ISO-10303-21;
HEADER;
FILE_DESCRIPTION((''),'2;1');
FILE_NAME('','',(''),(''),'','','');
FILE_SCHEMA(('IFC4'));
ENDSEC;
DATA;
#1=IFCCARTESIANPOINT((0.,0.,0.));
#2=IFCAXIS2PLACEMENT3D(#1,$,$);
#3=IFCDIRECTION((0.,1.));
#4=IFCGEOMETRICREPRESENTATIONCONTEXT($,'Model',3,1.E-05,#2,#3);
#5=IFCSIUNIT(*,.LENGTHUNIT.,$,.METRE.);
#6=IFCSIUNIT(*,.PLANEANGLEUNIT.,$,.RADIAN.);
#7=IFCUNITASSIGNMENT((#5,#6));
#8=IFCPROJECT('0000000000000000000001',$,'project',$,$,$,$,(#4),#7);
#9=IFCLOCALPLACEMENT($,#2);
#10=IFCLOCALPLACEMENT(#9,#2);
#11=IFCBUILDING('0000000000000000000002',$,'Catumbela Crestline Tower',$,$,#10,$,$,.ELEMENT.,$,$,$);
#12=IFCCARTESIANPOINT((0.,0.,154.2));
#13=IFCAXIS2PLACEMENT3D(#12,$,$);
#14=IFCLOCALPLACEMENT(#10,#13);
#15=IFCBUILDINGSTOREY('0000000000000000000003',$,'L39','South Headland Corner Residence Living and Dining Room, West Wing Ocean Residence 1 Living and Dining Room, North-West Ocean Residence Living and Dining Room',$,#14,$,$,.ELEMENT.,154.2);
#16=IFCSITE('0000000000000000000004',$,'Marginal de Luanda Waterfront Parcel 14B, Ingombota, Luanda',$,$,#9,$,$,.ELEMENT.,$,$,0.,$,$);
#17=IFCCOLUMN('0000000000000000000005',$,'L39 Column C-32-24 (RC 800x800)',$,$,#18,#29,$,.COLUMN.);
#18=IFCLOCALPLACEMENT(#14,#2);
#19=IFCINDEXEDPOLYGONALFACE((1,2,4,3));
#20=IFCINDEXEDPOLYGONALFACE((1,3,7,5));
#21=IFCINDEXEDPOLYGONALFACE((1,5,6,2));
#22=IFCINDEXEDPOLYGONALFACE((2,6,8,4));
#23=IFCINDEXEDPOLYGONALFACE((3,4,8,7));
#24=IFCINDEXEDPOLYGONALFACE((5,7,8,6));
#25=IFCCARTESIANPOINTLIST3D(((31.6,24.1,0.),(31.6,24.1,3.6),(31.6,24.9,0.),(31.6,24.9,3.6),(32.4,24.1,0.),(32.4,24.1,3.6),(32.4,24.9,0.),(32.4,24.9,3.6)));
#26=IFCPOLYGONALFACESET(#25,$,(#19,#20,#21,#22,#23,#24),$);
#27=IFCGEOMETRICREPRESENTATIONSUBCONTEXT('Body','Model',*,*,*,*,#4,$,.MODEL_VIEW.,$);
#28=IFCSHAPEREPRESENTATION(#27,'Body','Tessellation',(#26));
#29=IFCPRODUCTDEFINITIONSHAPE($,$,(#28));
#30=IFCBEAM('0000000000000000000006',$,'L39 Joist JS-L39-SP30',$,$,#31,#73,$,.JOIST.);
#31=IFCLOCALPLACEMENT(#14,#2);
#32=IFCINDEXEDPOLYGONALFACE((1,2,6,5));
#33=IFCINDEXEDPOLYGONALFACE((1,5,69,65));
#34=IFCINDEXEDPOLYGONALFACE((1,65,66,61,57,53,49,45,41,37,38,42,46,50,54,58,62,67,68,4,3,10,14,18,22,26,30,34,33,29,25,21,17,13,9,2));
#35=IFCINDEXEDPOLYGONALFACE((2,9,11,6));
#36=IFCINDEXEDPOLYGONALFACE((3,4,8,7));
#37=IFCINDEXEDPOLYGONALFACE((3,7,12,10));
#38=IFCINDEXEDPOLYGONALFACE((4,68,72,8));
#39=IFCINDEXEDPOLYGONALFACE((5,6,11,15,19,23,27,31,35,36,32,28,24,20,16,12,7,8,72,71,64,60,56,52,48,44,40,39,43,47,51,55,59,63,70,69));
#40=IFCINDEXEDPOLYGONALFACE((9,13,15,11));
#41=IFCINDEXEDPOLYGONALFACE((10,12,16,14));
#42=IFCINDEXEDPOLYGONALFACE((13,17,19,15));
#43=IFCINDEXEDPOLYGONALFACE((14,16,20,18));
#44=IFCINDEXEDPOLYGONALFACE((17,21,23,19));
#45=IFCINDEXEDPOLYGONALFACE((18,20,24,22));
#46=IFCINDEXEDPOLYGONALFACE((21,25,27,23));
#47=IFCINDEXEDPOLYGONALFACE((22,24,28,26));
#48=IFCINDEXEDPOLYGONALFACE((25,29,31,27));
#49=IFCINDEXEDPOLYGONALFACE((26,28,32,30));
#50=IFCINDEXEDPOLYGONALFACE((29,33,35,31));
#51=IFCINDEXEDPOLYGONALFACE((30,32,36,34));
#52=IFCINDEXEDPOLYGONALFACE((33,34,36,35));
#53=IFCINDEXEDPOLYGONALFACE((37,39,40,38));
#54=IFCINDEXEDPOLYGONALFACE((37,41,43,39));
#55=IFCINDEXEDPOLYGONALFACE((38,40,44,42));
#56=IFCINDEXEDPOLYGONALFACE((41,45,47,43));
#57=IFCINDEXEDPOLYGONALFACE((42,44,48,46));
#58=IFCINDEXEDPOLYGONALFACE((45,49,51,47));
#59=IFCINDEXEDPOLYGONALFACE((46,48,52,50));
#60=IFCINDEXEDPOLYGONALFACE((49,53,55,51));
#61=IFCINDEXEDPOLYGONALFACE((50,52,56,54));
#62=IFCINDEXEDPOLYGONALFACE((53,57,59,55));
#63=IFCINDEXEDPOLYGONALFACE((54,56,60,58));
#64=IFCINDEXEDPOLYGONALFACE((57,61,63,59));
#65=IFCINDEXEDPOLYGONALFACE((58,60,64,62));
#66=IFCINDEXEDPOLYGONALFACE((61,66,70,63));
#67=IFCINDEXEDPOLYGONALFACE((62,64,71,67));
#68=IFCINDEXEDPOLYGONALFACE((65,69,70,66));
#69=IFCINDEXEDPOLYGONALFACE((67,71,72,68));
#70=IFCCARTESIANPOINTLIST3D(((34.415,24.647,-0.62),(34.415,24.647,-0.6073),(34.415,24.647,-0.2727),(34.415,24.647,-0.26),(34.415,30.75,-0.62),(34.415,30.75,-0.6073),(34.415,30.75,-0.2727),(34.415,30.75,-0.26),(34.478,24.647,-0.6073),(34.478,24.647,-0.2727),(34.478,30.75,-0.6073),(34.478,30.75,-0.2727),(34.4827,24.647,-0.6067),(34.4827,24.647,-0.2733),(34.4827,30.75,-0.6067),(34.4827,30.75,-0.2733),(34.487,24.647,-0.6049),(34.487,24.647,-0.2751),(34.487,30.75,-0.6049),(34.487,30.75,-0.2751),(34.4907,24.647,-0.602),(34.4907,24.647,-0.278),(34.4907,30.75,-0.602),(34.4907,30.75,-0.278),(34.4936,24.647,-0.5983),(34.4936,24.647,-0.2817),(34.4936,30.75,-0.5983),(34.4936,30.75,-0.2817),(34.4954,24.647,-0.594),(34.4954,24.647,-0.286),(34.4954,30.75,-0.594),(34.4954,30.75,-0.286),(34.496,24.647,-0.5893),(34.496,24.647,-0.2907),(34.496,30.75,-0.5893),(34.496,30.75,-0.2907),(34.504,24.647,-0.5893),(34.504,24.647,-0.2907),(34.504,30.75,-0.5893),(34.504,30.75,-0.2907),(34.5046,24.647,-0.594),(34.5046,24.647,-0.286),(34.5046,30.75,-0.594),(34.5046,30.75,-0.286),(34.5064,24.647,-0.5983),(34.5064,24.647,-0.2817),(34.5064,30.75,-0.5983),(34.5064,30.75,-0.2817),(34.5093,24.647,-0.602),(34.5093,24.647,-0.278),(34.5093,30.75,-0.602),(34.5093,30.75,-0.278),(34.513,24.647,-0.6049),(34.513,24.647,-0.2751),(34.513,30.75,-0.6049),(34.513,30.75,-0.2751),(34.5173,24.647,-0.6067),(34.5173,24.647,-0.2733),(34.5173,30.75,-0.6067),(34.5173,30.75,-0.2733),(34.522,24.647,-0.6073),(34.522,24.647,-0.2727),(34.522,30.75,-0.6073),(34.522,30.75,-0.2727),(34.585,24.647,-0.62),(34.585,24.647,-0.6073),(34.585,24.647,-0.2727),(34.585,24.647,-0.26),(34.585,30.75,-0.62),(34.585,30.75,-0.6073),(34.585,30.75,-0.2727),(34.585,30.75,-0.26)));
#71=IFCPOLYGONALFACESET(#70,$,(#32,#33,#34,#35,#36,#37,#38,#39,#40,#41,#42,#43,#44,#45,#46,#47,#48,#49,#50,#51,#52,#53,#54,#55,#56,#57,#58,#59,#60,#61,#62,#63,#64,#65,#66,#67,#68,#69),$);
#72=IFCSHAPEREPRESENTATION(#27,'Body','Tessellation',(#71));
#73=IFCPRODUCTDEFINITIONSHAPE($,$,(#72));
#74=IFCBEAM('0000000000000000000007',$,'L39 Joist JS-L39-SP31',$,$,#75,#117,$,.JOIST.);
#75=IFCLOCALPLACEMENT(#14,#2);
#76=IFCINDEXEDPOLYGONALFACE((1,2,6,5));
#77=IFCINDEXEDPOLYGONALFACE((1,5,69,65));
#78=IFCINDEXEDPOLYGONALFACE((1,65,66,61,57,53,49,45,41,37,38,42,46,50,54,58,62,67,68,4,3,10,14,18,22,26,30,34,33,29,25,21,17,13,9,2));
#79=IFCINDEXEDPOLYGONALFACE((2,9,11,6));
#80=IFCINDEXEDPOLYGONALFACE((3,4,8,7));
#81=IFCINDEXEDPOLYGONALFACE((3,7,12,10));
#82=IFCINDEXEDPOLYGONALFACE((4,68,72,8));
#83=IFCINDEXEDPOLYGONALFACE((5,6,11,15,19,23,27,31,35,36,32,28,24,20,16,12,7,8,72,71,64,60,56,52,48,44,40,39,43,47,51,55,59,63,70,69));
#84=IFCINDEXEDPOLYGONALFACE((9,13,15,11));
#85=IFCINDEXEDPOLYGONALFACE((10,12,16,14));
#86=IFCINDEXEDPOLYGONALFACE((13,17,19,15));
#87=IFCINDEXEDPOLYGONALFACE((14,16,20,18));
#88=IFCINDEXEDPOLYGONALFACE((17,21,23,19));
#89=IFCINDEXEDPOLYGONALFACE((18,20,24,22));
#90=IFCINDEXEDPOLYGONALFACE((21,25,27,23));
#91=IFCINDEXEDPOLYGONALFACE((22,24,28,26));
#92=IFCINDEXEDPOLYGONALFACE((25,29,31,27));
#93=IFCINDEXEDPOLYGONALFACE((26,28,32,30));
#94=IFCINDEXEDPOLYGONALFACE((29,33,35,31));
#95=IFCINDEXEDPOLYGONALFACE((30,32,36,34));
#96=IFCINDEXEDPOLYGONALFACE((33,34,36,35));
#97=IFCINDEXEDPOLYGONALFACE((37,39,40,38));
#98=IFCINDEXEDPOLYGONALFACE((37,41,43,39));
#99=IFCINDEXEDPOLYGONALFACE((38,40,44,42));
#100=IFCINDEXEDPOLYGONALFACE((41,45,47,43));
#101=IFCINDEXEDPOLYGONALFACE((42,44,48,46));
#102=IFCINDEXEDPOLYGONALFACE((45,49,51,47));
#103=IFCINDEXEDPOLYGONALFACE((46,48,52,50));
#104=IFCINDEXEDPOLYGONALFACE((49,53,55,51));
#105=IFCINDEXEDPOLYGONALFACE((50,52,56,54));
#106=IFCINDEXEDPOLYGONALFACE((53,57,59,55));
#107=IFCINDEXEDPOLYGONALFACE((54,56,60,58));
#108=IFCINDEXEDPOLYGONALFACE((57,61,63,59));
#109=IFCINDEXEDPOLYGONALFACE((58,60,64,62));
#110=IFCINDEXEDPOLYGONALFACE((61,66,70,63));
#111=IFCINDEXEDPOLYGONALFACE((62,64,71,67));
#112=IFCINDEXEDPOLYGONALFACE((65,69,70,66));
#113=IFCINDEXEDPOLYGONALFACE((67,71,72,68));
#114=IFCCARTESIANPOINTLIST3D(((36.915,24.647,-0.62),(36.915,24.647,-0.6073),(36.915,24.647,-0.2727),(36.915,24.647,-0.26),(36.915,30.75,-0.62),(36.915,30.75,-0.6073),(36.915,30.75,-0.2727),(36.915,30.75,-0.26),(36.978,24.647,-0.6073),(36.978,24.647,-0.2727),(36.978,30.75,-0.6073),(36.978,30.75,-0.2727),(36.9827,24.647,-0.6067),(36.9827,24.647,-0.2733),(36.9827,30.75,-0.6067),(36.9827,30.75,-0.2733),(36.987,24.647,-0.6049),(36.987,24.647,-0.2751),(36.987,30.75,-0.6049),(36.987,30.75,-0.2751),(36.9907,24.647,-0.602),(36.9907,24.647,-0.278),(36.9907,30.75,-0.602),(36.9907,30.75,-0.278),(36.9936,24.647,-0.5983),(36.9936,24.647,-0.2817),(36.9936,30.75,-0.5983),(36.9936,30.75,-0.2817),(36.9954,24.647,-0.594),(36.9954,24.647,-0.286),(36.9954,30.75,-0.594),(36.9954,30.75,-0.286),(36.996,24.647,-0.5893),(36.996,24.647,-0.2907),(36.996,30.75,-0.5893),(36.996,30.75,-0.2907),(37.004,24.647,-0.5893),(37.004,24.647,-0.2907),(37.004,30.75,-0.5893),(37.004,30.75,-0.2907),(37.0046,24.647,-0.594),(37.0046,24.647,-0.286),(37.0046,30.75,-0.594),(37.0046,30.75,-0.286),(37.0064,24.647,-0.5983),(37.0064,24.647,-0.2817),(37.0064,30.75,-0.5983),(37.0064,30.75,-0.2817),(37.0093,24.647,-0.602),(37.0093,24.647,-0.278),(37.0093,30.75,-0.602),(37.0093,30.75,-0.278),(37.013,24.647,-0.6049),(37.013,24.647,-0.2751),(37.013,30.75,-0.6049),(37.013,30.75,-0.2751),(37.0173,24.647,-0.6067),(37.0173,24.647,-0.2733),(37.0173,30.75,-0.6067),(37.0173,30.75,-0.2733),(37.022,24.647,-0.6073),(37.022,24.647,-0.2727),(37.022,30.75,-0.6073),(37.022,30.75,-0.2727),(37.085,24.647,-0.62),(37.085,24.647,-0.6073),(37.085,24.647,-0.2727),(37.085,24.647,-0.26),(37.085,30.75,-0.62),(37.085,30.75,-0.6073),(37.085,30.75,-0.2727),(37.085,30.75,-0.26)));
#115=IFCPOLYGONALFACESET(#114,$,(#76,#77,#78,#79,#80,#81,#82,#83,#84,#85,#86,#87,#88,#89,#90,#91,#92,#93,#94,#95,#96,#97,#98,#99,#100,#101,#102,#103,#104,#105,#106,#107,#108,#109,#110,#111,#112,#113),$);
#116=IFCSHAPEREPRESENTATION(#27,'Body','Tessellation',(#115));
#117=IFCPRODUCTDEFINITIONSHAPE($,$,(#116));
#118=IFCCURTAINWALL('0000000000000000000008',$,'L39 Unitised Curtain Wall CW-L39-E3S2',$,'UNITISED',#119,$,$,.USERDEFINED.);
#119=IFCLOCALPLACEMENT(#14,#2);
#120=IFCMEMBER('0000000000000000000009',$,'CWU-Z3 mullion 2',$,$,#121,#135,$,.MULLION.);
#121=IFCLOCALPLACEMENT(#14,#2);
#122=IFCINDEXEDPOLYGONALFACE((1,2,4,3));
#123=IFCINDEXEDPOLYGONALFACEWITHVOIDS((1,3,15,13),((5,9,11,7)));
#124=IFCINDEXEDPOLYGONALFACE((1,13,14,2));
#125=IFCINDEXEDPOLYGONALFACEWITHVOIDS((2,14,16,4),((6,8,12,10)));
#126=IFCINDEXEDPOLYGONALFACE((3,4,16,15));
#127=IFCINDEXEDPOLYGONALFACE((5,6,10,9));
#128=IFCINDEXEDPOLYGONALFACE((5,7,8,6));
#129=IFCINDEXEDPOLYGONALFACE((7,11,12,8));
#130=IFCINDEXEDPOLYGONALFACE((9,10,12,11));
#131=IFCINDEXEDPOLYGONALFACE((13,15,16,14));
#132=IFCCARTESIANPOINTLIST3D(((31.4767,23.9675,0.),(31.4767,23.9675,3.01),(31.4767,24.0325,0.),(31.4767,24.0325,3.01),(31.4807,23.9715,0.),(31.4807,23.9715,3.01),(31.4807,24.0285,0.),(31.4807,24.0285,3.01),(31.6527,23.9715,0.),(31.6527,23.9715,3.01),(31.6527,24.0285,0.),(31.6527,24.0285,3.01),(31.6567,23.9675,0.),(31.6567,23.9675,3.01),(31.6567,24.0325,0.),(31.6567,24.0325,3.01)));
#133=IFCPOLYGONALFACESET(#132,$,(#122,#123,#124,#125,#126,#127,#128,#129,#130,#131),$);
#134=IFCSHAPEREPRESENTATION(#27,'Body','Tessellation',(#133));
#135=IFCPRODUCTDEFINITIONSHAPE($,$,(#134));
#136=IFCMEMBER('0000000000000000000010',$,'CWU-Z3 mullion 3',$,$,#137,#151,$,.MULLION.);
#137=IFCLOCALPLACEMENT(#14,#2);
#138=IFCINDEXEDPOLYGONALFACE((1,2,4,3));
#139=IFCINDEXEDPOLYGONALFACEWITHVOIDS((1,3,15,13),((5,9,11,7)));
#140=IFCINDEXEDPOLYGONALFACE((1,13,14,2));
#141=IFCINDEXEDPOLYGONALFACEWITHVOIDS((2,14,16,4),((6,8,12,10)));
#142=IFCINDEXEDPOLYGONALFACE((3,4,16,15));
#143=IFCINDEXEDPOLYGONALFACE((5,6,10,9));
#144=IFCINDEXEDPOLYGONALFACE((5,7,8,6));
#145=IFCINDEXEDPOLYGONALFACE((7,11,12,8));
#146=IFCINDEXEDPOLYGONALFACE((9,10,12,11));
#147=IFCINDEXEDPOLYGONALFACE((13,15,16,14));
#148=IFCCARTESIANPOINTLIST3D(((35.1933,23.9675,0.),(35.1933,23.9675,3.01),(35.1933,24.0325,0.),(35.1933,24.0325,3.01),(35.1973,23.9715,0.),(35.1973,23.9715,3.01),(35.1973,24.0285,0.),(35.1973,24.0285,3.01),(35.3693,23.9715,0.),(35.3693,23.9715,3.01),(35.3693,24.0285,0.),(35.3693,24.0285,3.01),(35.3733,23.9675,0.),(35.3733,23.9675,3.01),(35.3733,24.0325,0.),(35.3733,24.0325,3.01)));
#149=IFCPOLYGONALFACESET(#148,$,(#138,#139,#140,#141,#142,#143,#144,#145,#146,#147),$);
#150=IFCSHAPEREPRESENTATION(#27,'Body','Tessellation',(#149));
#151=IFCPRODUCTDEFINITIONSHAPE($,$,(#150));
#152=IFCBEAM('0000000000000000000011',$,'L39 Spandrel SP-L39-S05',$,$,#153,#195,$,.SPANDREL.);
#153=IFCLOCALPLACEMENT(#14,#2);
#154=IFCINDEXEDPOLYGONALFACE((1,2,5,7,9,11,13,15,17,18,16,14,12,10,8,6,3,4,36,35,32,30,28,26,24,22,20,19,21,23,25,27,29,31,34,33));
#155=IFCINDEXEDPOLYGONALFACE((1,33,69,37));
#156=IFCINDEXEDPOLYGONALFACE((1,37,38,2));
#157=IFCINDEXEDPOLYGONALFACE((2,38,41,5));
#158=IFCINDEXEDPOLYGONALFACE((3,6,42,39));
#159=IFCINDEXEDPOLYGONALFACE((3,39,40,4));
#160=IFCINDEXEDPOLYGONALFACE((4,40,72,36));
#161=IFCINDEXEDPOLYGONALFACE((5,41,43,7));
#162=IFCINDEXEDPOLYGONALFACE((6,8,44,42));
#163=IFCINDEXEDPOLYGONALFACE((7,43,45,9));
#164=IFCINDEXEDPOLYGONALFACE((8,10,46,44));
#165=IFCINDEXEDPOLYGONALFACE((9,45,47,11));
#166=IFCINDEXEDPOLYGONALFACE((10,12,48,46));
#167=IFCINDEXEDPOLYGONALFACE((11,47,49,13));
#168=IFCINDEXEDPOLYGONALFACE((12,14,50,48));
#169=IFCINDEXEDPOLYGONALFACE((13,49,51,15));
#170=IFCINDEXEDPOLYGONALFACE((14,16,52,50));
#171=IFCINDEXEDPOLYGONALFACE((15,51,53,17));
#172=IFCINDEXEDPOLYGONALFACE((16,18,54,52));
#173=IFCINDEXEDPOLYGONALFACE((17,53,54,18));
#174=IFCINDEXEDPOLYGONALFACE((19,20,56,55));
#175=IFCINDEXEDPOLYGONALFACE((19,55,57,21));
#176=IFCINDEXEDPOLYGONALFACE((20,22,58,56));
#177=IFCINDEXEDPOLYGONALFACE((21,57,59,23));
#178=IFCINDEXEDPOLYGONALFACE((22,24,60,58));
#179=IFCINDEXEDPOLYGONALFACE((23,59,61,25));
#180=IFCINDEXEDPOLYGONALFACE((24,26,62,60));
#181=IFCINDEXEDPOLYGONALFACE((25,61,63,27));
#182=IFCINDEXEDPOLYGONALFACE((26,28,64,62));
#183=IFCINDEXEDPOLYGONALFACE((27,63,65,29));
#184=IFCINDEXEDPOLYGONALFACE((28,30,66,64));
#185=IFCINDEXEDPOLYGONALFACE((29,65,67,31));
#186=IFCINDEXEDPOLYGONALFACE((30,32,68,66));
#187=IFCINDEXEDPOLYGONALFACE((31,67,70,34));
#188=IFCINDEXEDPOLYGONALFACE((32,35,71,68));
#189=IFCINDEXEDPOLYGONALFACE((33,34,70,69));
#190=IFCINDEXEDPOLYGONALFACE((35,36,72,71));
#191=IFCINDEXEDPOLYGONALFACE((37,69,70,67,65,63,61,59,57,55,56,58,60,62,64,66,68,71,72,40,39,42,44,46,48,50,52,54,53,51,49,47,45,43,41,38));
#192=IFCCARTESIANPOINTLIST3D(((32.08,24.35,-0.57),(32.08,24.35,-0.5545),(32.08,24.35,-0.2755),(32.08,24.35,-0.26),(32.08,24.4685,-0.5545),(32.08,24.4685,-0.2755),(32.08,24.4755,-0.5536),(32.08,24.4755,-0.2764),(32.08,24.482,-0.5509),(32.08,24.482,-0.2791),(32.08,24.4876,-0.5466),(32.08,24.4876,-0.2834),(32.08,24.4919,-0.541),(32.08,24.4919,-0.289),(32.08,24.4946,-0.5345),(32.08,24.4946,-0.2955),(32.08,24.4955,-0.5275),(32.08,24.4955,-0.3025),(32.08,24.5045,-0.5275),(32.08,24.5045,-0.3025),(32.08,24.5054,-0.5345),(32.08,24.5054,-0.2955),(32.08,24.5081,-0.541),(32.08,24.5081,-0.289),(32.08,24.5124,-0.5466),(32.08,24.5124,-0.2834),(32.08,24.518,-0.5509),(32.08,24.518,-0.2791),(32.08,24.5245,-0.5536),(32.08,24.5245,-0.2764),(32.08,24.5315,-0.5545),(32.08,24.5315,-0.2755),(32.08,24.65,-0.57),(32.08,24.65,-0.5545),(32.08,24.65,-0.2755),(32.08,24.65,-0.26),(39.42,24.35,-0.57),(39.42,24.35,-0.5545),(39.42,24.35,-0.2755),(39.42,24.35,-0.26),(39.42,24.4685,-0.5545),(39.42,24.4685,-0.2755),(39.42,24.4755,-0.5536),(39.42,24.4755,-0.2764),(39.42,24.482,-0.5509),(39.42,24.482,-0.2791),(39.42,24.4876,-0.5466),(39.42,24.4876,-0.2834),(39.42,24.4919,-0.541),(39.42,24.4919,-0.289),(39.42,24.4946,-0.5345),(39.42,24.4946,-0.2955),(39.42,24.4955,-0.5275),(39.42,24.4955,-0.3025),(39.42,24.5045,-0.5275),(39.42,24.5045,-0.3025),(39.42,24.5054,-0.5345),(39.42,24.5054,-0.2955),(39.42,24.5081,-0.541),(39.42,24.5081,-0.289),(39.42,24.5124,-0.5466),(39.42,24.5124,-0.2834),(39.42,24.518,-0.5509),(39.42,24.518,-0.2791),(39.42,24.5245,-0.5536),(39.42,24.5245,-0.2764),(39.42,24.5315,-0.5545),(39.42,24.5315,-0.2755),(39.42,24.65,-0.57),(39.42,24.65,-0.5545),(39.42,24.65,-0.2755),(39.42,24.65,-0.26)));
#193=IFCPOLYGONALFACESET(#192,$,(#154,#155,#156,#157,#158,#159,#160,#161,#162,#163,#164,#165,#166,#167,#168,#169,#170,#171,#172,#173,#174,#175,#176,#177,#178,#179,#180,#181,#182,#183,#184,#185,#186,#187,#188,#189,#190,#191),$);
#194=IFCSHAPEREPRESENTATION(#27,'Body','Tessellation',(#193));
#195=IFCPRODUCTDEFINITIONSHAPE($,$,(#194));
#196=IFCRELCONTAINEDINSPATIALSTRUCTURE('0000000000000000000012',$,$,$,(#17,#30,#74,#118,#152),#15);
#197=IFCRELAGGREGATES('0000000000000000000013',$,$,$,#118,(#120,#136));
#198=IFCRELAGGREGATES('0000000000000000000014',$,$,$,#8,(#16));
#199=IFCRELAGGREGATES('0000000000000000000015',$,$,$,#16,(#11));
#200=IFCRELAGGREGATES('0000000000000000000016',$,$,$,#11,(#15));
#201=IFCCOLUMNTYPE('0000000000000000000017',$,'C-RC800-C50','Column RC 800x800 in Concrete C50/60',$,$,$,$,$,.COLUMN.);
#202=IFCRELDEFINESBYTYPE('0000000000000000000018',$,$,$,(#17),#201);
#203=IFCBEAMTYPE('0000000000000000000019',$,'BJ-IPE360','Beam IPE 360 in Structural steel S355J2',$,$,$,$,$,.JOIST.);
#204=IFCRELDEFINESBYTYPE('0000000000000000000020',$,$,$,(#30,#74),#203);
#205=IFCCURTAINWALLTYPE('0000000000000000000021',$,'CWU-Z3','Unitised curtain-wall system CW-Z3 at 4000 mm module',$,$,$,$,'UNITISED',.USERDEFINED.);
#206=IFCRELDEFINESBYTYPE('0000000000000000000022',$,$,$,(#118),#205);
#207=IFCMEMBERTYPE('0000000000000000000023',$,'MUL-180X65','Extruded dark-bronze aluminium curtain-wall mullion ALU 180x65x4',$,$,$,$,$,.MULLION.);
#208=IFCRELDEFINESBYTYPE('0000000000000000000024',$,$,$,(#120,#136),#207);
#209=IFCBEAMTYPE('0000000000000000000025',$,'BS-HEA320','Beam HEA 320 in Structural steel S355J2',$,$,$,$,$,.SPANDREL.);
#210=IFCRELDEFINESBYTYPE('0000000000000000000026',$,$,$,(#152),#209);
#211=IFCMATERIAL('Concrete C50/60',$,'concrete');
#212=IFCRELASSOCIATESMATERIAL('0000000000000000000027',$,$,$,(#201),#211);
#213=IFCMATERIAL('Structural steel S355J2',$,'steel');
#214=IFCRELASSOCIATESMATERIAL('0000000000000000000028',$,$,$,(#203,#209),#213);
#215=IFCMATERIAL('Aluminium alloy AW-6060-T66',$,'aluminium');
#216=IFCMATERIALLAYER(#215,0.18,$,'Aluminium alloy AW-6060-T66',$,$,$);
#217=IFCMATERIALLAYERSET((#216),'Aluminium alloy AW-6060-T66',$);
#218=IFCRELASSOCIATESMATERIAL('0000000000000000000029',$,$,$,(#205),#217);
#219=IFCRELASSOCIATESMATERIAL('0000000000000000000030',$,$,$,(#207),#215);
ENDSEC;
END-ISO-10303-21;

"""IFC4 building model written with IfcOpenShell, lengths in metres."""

from ifc_helpers import new_model, si_unit, direction, frame, origin, origin_2d, place, context, subcontext, project, spatial, rectangle, hollow_rectangle, i_section, extrude, material, layer, layer_set, material_profile, profile_set, type_object, element, aggregate, save


model = new_model("IFC4")

# Units and contexts
model_context = context("Model", 3, precision=1e-05, world=origin(), true_north=direction((0.0, 1.0)))
body_context = subcontext(model_context, "Body", "Model", "MODEL_VIEW")
ifc_project = project(units=[si_unit("LENGTHUNIT", "METRE"), si_unit("PLANEANGLEUNIT", "RADIAN")], contexts=[model_context])

# Site, building, storey
site_placement = place(None, origin())
site = spatial("IfcSite", under=ifc_project, at=site_placement, Name="Marginal de Luanda Waterfront Parcel 14B, Ingombota, Luanda", CompositionType="ELEMENT", RefElevation=0.0)
building_placement = place(site_placement, origin())
building = spatial("IfcBuilding", under=site, at=building_placement, Name="Catumbela Crestline Tower", CompositionType="ELEMENT")
storey_placement = place(building_placement, frame((0.0, 0.0, 154.2)))
storey = spatial("IfcBuildingStorey", under=building, at=storey_placement, Name="L39", Description="South Headland Corner Residence Living and Dining Room, West Wing Ocean Residence 1 Living and Dining Room, North-West Ocean Residence Living and Dining Room", CompositionType="ELEMENT", Elevation=154.2)

# Column
ifc_material_1 = material(Name="Concrete C50/60", Category="concrete")
ifc_material_profile_1 = material_profile(ifc_material_1, rectangle(XDim=0.8, YDim=0.8, at=origin_2d()), Name="RC 800x800")
ifc_profile_set_1 = profile_set([ifc_material_profile_1], Name="Concrete C50/60")
column_type = type_object("IfcColumnType", Name="C-RC800-C50", Description="Column RC 800x800 in Concrete C50/60", PredefinedType="COLUMN", material=ifc_profile_set_1)
column_placement = place(storey_placement, frame((32.0, 24.5, 0.0), z_axis=(0.0, 0.0, 1.0), x_axis=(1.0, 0.0, 0.0)))
element("IfcColumn", 1, at=column_placement, inside=storey, type_object=column_type, Name="L39 Column C-32-24 (RC 800x800)", PredefinedType="COLUMN", context=body_context, shape_type="SweptSolid", body=[
    extrude(rectangle(XDim=0.8, YDim=0.8, at=origin_2d()), origin(), (0.0, 0.0, 1.0), 3.6),
])

# Beams
ifc_material_2 = material(Name="Structural steel S355J2", Category="steel")
ifc_material_profile_2 = material_profile(ifc_material_2, i_section(OverallWidth=0.17, OverallDepth=0.36, WebThickness=0.008, FlangeThickness=0.0127, FilletRadius=0.018, at=origin_2d()), Name="IPE 360")
ifc_profile_set_2 = profile_set([ifc_material_profile_2], Name="Structural steel S355J2")
beam_type_1 = type_object("IfcBeamType", Name="BJ-IPE360", Description="Beam IPE 360 in Structural steel S355J2", PredefinedType="JOIST", material=ifc_profile_set_2)
for number, where, z_axis, x_axis, name in (
    (2, (34.5, 24.647, -0.44), (0.0, 1.0, 0.0), (-1.0, 0.0, 0.0), "L39 Joist JS-L39-SP30"),
    (3, (37.0, 24.647, -0.44), (0.0, 1.0, 0.0), (-1.0, 0.0, 0.0), "L39 Joist JS-L39-SP31"),
):
    element("IfcBeam", number, at=place(storey_placement, frame(where, z_axis=z_axis, x_axis=x_axis)), inside=storey, type_object=beam_type_1, Name=name, PredefinedType="JOIST", context=body_context, shape_type="SweptSolid", body=[
        extrude(i_section(OverallWidth=0.17, OverallDepth=0.36, WebThickness=0.008, FlangeThickness=0.0127, FilletRadius=0.018, at=origin_2d()), origin(), (0.0, 0.0, 1.0), 6.103),
    ])

# Curtain wall, members
ifc_material_3 = material(Name="Aluminium alloy AW-6060-T66", Category="aluminium")
ifc_layer_1 = layer(ifc_material_3, 0.18, Name="Aluminium alloy AW-6060-T66")
ifc_layer_set_1 = layer_set([ifc_layer_1], Name="Aluminium alloy AW-6060-T66")
curtain_wall_type = type_object("IfcCurtainWallType", Name="CWU-Z3", Description="Unitised curtain-wall system CW-Z3 at 4000 mm module", ElementType="UNITISED", PredefinedType="USERDEFINED", material=ifc_layer_set_1)
curtain_wall_placement = place(storey_placement, origin())
curtain_wall = element("IfcCurtainWall", 4, at=curtain_wall_placement, inside=storey, type_object=curtain_wall_type, Name="L39 Unitised Curtain Wall CW-L39-E3S2", ObjectType="UNITISED", PredefinedType="USERDEFINED")
ifc_material_profile_3 = material_profile(ifc_material_3, hollow_rectangle(XDim=0.065, YDim=0.18, WallThickness=0.004, at=origin_2d()), Name="ALU 180x65x4")
ifc_profile_set_3 = profile_set([ifc_material_profile_3], Name="Aluminium alloy AW-6060-T66")
member_type_1 = type_object("IfcMemberType", Name="MUL-180X65", Description="Extruded dark-bronze aluminium curtain-wall mullion ALU 180x65x4", PredefinedType="MULLION", material=ifc_profile_set_3)
member_1_placement = place(storey_placement, frame((31.5667, 24.0, 0.0), z_axis=(0.0, 0.0, 1.0), x_axis=(0.0, 1.0, 0.0)))
member_1 = element("IfcMember", 5, at=member_1_placement, type_object=member_type_1, Name="CWU-Z3 mullion 2", PredefinedType="MULLION", context=body_context, shape_type="SweptSolid", body=[
    extrude(hollow_rectangle(XDim=0.065, YDim=0.18, WallThickness=0.004, at=origin_2d()), origin(), (0.0, 0.0, 1.0), 3.01),
])
member_2_placement = place(storey_placement, frame((35.2833, 24.0, 0.0), z_axis=(0.0, 0.0, 1.0), x_axis=(0.0, 1.0, 0.0)))
member_2 = element("IfcMember", 6, at=member_2_placement, type_object=member_type_1, Name="CWU-Z3 mullion 3", PredefinedType="MULLION", context=body_context, shape_type="SweptSolid", body=[
    extrude(hollow_rectangle(XDim=0.065, YDim=0.18, WallThickness=0.004, at=origin_2d()), origin(), (0.0, 0.0, 1.0), 3.01),
])

# Beam
ifc_material_profile_4 = material_profile(ifc_material_2, i_section(OverallWidth=0.3, OverallDepth=0.31, WebThickness=0.009, FlangeThickness=0.0155, FilletRadius=0.027, at=origin_2d()), Name="HEA 320")
ifc_profile_set_4 = profile_set([ifc_material_profile_4], Name="Structural steel S355J2")
beam_type_2 = type_object("IfcBeamType", Name="BS-HEA320", Description="Beam HEA 320 in Structural steel S355J2", PredefinedType="SPANDREL", material=ifc_profile_set_4)
beam_placement = place(storey_placement, frame((32.08, 24.5, -0.415), z_axis=(1.0, 0.0, 0.0), x_axis=(0.0, 1.0, 0.0)))
element("IfcBeam", 7, at=beam_placement, inside=storey, type_object=beam_type_2, Name="L39 Spandrel SP-L39-S05", PredefinedType="SPANDREL", context=body_context, shape_type="SweptSolid", body=[
    extrude(i_section(OverallWidth=0.3, OverallDepth=0.31, WebThickness=0.009, FlangeThickness=0.0155, FilletRadius=0.027, at=origin_2d()), origin(), (0.0, 0.0, 1.0), 7.34),
])

aggregate(curtain_wall, [member_1, member_2])

save(model, "model.ifc")
